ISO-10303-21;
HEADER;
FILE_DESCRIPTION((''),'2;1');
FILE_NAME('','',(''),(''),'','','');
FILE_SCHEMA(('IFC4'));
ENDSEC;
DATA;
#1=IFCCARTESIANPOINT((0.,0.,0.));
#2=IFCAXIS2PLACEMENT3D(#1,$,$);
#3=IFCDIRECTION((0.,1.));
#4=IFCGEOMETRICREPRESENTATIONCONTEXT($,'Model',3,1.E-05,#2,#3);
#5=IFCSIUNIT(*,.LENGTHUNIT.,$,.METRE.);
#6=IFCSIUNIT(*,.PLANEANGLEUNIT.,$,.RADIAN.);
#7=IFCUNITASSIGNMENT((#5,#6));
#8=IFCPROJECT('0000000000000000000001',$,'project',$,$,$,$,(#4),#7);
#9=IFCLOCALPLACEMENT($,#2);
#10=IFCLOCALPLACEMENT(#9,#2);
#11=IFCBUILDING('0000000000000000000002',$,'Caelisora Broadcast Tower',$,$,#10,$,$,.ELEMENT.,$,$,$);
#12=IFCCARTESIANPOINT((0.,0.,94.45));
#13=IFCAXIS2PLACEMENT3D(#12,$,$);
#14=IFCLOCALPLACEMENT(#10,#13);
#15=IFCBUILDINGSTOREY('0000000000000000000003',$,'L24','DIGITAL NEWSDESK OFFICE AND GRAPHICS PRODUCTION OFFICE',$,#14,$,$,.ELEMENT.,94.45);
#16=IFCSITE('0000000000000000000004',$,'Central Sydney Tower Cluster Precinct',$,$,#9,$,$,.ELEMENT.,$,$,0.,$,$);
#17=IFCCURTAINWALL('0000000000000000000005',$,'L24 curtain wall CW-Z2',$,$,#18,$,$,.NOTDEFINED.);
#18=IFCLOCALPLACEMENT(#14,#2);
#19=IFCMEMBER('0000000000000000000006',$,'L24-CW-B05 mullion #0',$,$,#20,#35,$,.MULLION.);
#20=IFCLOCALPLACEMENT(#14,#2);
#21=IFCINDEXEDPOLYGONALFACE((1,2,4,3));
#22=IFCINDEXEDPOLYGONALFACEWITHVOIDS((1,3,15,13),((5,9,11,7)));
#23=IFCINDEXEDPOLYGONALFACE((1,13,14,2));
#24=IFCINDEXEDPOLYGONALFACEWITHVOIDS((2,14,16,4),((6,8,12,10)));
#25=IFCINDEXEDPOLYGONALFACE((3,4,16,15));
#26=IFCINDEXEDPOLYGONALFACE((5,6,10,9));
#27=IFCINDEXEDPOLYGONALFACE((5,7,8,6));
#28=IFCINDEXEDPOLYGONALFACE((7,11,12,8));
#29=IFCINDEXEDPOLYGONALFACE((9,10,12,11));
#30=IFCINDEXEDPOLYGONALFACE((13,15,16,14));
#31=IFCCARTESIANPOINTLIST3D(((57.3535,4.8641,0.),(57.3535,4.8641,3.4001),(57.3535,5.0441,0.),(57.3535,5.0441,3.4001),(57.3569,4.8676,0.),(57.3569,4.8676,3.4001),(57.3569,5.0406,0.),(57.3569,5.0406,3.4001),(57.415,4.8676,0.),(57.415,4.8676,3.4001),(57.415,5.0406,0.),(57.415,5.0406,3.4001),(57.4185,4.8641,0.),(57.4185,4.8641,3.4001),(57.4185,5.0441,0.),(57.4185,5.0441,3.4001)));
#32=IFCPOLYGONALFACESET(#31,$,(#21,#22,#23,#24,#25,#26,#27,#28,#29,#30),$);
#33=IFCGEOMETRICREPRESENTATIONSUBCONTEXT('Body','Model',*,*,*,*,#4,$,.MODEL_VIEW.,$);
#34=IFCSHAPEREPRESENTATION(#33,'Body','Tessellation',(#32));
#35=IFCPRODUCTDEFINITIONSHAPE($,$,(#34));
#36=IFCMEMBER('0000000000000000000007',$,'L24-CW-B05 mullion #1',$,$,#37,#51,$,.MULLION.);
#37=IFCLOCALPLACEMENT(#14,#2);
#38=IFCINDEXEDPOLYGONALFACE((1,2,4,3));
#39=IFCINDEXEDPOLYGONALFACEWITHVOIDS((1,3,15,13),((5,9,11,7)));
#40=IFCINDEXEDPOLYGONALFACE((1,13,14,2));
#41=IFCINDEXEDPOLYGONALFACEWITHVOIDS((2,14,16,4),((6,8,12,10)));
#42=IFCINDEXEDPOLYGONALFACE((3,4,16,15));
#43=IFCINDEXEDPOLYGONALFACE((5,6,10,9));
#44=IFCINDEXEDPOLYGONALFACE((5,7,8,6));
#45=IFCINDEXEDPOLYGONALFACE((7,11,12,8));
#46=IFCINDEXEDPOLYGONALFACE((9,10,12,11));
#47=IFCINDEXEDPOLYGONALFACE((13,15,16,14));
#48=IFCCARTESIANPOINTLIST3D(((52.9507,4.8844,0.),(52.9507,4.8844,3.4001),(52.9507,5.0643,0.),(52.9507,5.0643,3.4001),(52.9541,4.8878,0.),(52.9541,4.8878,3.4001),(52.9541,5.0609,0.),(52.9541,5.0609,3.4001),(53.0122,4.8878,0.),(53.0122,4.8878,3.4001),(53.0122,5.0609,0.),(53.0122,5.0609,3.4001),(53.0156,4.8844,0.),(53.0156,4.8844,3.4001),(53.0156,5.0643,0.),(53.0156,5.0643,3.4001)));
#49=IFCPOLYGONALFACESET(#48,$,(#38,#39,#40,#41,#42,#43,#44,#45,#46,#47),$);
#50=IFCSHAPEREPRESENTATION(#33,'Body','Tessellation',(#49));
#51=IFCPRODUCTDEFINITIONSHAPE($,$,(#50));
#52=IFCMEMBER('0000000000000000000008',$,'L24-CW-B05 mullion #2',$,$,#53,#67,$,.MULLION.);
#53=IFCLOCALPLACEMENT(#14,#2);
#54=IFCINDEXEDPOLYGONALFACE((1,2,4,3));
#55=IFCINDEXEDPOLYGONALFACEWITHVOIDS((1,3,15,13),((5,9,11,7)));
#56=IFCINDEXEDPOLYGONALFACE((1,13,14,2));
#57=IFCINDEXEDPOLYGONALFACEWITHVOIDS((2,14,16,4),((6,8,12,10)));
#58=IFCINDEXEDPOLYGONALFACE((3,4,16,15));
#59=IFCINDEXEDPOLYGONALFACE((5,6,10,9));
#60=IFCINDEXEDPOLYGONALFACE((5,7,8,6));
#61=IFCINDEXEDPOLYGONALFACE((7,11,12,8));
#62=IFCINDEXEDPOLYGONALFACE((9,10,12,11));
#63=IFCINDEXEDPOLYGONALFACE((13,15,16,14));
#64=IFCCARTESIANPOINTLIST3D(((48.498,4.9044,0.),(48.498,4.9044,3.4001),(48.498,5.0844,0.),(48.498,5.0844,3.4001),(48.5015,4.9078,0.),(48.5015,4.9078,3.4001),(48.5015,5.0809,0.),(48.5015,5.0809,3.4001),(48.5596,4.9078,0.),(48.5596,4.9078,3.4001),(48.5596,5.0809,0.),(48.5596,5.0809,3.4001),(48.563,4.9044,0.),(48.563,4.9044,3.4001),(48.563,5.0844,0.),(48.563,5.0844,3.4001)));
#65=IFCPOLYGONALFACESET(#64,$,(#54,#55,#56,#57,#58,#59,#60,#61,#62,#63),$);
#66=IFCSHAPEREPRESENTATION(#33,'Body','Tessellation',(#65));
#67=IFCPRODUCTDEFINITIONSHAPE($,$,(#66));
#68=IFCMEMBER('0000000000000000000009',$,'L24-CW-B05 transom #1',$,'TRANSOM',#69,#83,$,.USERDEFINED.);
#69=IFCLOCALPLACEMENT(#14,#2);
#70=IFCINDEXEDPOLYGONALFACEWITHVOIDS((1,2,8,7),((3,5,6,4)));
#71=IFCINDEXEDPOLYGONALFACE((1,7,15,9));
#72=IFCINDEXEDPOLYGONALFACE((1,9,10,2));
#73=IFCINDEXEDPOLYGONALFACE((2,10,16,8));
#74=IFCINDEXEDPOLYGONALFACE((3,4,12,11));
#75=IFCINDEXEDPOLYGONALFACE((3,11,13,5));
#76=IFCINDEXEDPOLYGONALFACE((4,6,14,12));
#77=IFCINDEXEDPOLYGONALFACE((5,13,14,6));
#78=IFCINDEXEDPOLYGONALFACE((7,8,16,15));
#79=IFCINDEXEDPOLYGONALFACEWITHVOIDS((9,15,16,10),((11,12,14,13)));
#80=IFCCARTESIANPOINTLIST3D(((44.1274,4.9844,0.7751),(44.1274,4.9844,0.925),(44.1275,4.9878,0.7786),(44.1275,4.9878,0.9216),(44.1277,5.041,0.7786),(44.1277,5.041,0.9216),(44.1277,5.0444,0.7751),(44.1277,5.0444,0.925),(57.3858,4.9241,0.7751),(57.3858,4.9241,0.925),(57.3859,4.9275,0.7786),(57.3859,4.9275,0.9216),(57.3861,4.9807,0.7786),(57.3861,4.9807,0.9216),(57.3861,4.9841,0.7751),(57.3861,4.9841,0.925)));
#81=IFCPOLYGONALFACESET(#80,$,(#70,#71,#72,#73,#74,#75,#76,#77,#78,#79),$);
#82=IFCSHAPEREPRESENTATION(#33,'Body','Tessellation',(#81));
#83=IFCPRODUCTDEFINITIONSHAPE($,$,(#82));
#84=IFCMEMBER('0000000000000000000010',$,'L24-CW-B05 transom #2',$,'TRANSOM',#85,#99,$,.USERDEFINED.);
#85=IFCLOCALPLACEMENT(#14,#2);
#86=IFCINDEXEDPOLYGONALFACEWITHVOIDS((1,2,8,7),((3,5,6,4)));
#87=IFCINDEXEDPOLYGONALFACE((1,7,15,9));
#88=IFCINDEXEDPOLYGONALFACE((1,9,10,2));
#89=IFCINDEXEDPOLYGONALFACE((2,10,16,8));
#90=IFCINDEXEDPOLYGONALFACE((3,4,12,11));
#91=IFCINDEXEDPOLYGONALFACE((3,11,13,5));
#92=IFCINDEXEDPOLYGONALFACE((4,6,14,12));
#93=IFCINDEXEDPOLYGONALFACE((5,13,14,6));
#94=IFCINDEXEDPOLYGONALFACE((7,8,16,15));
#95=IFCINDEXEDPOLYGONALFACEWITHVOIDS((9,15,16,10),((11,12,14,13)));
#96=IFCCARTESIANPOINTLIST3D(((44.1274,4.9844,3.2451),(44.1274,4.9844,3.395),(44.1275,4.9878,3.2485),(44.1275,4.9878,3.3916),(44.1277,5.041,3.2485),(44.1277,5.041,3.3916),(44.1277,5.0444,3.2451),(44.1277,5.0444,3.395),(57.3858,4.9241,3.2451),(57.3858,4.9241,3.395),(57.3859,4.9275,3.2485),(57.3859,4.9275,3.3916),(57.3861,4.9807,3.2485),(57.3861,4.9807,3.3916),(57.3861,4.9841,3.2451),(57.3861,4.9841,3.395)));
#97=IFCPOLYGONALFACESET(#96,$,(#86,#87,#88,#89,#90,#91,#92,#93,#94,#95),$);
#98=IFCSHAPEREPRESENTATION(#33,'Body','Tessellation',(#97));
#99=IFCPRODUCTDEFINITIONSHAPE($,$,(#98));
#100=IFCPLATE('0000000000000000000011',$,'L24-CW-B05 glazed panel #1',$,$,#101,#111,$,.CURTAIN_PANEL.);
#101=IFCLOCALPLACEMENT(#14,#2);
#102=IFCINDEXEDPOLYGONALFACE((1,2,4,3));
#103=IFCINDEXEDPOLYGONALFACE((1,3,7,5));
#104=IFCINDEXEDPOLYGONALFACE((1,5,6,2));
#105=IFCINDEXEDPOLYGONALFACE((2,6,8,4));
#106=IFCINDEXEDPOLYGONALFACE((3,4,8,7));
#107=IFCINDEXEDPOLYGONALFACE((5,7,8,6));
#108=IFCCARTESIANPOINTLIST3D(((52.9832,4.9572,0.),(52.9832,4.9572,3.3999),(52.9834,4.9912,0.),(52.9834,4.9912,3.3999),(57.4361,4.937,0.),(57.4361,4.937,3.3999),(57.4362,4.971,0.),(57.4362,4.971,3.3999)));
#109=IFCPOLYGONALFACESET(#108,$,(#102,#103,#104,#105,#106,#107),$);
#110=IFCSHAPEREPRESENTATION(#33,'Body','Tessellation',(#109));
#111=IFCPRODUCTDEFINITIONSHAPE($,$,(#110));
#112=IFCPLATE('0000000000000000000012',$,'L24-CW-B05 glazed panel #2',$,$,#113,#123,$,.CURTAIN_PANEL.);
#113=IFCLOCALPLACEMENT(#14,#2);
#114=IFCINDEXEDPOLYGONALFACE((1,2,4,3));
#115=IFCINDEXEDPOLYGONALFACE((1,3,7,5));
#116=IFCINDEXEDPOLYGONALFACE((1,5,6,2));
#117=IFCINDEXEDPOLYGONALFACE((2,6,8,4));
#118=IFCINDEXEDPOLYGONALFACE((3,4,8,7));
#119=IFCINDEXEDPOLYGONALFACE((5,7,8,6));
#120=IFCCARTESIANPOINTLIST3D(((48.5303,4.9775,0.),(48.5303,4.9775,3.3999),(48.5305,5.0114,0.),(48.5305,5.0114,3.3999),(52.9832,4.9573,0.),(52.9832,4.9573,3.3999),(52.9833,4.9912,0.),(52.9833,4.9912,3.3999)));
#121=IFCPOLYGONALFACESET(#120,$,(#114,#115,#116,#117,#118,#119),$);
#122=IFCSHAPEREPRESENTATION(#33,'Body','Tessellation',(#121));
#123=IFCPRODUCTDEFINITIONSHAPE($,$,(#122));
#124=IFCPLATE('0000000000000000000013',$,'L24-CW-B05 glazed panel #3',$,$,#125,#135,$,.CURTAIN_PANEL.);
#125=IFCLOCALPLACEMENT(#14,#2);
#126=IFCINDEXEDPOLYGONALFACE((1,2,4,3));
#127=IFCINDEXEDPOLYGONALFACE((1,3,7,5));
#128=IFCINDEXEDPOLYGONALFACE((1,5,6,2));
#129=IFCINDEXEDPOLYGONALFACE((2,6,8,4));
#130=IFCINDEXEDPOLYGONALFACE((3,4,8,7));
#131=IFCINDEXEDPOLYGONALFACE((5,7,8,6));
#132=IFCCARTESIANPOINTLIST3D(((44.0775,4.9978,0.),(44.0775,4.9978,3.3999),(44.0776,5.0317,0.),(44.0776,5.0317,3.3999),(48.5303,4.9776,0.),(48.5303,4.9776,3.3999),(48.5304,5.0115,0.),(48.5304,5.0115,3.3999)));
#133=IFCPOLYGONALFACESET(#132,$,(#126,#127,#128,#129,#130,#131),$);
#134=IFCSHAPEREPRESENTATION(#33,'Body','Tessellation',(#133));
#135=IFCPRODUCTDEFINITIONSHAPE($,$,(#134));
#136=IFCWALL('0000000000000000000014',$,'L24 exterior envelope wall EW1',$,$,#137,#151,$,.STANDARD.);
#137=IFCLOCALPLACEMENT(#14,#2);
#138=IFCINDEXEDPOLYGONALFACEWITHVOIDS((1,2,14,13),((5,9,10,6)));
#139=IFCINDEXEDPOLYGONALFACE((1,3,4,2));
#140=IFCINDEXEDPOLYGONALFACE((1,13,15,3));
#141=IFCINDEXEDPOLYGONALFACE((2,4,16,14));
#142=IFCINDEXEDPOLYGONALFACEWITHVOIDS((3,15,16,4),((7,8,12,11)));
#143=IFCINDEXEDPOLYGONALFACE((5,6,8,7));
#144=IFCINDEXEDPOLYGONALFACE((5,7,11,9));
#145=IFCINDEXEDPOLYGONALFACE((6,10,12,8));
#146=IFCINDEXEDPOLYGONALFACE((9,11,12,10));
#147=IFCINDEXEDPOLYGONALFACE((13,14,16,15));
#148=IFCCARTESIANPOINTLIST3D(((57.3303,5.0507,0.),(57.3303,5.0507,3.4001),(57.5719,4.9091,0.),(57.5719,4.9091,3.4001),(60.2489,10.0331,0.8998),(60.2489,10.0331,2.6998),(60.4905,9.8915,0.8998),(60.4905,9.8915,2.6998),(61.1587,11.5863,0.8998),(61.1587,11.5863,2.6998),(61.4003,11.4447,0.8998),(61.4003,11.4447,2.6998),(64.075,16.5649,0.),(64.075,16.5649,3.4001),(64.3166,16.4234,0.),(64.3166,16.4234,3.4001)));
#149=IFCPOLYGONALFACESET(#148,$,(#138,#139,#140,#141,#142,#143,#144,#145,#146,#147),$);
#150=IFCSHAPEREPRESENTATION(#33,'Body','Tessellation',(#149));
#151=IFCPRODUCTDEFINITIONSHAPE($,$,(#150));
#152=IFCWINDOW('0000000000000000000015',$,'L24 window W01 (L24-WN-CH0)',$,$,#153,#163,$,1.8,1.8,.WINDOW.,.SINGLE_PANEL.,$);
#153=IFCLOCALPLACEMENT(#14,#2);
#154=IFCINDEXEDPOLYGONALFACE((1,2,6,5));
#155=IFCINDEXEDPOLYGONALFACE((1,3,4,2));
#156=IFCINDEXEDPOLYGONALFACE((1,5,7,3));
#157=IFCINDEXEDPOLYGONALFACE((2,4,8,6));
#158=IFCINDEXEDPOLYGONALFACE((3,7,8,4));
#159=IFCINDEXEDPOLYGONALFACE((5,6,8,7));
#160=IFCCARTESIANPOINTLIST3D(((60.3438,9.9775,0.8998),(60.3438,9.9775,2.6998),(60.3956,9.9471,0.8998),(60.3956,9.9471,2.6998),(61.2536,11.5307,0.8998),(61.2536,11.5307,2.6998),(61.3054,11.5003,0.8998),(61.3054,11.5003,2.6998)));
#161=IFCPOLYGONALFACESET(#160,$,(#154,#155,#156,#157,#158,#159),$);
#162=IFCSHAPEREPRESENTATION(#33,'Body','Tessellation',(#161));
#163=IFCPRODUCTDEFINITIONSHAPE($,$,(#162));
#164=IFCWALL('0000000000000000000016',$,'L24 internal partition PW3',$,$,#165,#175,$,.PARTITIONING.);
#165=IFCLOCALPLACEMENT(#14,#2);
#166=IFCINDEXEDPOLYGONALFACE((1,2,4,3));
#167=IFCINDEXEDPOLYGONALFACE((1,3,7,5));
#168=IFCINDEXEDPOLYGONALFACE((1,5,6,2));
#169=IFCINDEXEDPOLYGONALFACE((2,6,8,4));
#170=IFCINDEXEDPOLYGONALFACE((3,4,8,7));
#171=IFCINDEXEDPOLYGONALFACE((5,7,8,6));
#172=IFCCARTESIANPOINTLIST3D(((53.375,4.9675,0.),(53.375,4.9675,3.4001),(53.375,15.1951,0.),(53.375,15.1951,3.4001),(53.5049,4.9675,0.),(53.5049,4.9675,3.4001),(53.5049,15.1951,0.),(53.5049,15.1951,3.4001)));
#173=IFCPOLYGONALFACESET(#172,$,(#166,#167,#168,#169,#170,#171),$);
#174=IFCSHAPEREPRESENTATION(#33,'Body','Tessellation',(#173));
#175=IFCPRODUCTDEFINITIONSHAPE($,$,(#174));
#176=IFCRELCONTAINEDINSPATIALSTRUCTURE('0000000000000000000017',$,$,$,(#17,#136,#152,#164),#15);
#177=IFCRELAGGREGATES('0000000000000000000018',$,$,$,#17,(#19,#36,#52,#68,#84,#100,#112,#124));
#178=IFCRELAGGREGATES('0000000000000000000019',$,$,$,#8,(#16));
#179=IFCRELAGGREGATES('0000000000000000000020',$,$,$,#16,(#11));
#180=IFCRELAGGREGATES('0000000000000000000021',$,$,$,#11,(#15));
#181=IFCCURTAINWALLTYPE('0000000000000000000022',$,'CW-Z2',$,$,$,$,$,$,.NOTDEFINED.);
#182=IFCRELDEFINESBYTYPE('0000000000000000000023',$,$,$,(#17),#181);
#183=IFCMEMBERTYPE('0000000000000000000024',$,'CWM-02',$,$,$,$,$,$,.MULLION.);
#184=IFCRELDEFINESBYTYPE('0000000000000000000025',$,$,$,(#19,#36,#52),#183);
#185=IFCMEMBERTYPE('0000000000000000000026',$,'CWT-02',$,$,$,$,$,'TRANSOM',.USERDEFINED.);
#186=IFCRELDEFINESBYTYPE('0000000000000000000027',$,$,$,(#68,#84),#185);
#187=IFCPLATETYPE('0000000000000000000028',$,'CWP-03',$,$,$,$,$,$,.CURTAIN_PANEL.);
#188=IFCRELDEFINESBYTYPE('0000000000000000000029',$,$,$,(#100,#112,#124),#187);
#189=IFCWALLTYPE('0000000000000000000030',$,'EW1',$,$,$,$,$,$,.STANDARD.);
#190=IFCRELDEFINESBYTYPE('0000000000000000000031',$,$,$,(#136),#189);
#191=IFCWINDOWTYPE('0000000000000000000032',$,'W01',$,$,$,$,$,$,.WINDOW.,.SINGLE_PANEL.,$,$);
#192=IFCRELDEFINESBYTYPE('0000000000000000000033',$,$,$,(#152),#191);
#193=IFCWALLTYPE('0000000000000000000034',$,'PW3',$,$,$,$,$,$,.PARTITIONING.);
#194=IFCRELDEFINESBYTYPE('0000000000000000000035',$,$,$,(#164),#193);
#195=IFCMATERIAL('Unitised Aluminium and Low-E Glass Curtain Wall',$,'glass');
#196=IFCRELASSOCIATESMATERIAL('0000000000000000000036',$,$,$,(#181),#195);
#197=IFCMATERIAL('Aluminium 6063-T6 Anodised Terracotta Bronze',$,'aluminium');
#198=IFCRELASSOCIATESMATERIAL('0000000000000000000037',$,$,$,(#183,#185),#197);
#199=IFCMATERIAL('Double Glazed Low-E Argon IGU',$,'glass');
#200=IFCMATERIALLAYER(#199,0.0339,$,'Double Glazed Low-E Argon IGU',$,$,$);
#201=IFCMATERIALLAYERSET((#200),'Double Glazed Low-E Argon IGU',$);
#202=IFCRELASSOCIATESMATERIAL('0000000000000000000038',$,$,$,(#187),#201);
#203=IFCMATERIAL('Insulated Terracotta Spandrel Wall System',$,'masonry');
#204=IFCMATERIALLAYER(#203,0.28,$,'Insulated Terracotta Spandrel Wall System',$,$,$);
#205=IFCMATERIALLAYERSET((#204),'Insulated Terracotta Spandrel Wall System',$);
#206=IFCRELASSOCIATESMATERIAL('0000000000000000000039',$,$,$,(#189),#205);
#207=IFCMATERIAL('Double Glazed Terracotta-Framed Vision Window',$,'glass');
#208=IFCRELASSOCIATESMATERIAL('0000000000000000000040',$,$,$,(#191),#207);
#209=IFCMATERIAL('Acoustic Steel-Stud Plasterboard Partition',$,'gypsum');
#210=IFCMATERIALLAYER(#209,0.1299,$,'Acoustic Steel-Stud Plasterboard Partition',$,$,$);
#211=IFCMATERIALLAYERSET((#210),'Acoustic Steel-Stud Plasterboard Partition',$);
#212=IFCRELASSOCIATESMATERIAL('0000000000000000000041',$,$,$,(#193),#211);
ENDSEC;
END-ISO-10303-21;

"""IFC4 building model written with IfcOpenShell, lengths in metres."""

from ifc_helpers import new_model, si_unit, direction, frame, frame_2d, origin, origin_2d, place, context, subcontext, project, spatial, rectangle, hollow_rectangle, extrude, source, transform, mapped, material, layer, layer_set, material_profile, profile_set, type_object, type_shapes, element, fill, aggregate, save


model = new_model("IFC4")

# Units and contexts
model_context = context("Model", 3, precision=1e-05, world=origin(), true_north=direction((0.0, 1.0)))
body_context = subcontext(model_context, "Body", "Model", "MODEL_VIEW")
ifc_project = project(units=[si_unit("LENGTHUNIT", "METRE"), si_unit("PLANEANGLEUNIT", "RADIAN")], contexts=[model_context])

# Site, building, storey
site_placement = place(None, origin())
site = spatial("IfcSite", under=ifc_project, at=site_placement, Name="Central Sydney Tower Cluster Precinct", CompositionType="ELEMENT", RefElevation=0.0)
building_placement = place(site_placement, origin())
building = spatial("IfcBuilding", under=site, at=building_placement, Name="Caelisora Broadcast Tower", CompositionType="ELEMENT")
storey_placement = place(building_placement, frame((0.0, 0.0, 94.45)))
storey = spatial("IfcBuildingStorey", under=building, at=storey_placement, Name="L24", Description="DIGITAL NEWSDESK OFFICE AND GRAPHICS PRODUCTION OFFICE", CompositionType="ELEMENT", Elevation=94.45)

# Shared definitions
ifc_material_1 = material(Name="Unitised Aluminium and Low-E Glass Curtain Wall", Category="glass")
curtain_wall_type = type_object("IfcCurtainWallType", Name="CW-Z2", PredefinedType="NOTDEFINED", material=ifc_material_1)
ifc_material_2 = material(Name="Aluminium 6063-T6 Anodised Terracotta Bronze", Category="aluminium")
ifc_material_profile_1 = material_profile(ifc_material_2, hollow_rectangle(XDim=0.0649, YDim=0.1799, WallThickness=0.0034, at=origin_2d()), Name="Aluminium 6063-T6 Anodised Terracotta Bronze")
ifc_profile_set_1 = profile_set([ifc_material_profile_1], Name="Aluminium 6063-T6 Anodised Terracotta Bronze")
member_type_1 = type_object("IfcMemberType", Name="CWM-02", PredefinedType="MULLION", material=ifc_profile_set_1)
shared_shape_1 = source(origin(), body_context, "Body", "SweptSolid", [
    extrude(hollow_rectangle(XDim=0.0649, YDim=0.1799, WallThickness=0.0034, at=origin_2d()), origin(), (0.0, 0.0, 1.0), 3.4001),
])
type_shapes(member_type_1, [shared_shape_1])

# Curtain wall, members, plates
curtain_wall_1_placement = place(storey_placement, origin())
curtain_wall_1 = element("IfcCurtainWall", 1, at=curtain_wall_1_placement, inside=storey, type_object=curtain_wall_type, Name="L24 curtain wall CW-Z2", PredefinedType="NOTDEFINED")
member_1_placement = place(storey_placement, frame((57.386, 4.9541, 0.0), z_axis=(0.0, 0.0, 1.0), x_axis=(1.0, 0.0, 0.0)))
member_1 = element("IfcMember", 2, at=member_1_placement, type_object=member_type_1, Name="L24-CW-B05 mullion #0", PredefinedType="MULLION", context=body_context, shape_type="MappedRepresentation", body=[
    mapped(shared_shape_1, transform((0.0, 0.0, 0.0), scale=1.0)),
])
member_2_placement = place(storey_placement, frame((52.9832, 4.9744, 0.0), z_axis=(0.0, 0.0, 1.0), x_axis=(1.0, 0.0, 0.0)))
member_2 = element("IfcMember", 3, at=member_2_placement, type_object=member_type_1, Name="L24-CW-B05 mullion #1", PredefinedType="MULLION", context=body_context, shape_type="MappedRepresentation", body=[
    mapped(shared_shape_1, transform((0.0, 0.0, 0.0), scale=1.0)),
])
member_3_placement = place(storey_placement, frame((48.5305, 4.9944, 0.0), z_axis=(0.0, 0.0, 1.0), x_axis=(1.0, 0.0, 0.0)))
member_3 = element("IfcMember", 4, at=member_3_placement, type_object=member_type_1, Name="L24-CW-B05 mullion #2", PredefinedType="MULLION", context=body_context, shape_type="MappedRepresentation", body=[
    mapped(shared_shape_1, transform((0.0, 0.0, 0.0), scale=1.0)),
])
ifc_material_profile_2 = material_profile(ifc_material_2, hollow_rectangle(XDim=0.0601, YDim=0.1499, WallThickness=0.0034, at=origin_2d()), Name="Aluminium 6063-T6 Anodised Terracotta Bronze")
ifc_profile_set_2 = profile_set([ifc_material_profile_2], Name="Aluminium 6063-T6 Anodised Terracotta Bronze")
member_type_2 = type_object("IfcMemberType", Name="CWT-02", ElementType="TRANSOM", PredefinedType="USERDEFINED", material=ifc_profile_set_2)
shared_shape_2 = source(origin(), body_context, "Body", "SweptSolid", [
    extrude(hollow_rectangle(XDim=0.0601, YDim=0.1499, WallThickness=0.0034, at=origin_2d()), origin(), (0.0, 0.0, 1.0), 13.2585),
])
type_shapes(member_type_2, [shared_shape_2])
member_4_placement = place(storey_placement, frame((57.386, 4.9541, 0.8501), z_axis=(-0.99999, 0.004548, 0.0), x_axis=(-0.004548, -0.99999, 0.0)))
member_4 = element("IfcMember", 5, at=member_4_placement, type_object=member_type_2, Name="L24-CW-B05 transom #1", ObjectType="TRANSOM", PredefinedType="USERDEFINED", context=body_context, shape_type="MappedRepresentation", body=[
    mapped(shared_shape_2, transform((0.0, 0.0, 0.0), scale=1.0)),
])
member_5_placement = place(storey_placement, frame((57.386, 4.9541, 3.3201), z_axis=(-0.99999, 0.004548, 0.0), x_axis=(-0.004548, -0.99999, 0.0)))
member_5 = element("IfcMember", 6, at=member_5_placement, type_object=member_type_2, Name="L24-CW-B05 transom #2", ObjectType="TRANSOM", PredefinedType="USERDEFINED", context=body_context, shape_type="MappedRepresentation", body=[
    mapped(shared_shape_2, transform((0.0, 0.0, 0.0), scale=1.0)),
])
ifc_material_3 = material(Name="Double Glazed Low-E Argon IGU", Category="glass")
ifc_layer_1 = layer(ifc_material_3, 0.0339, Name="Double Glazed Low-E Argon IGU")
ifc_layer_set_1 = layer_set([ifc_layer_1], Name="Double Glazed Low-E Argon IGU")
plate_type = type_object("IfcPlateType", Name="CWP-03", PredefinedType="CURTAIN_PANEL", material=ifc_layer_set_1)
shared_shape_3 = source(origin(), body_context, "Body", "SweptSolid", [
    extrude(rectangle(XDim=4.4529, YDim=0.0339, at=origin_2d()), origin(), (0.0, 0.0, 1.0), 3.3999),
])
type_shapes(plate_type, [shared_shape_3])
plate_1_placement = place(storey_placement, frame((55.2097, 4.9641, 0.0), z_axis=(0.0, 0.0, 1.0), x_axis=(-0.99999, 0.004538, 0.0)))
plate_1 = element("IfcPlate", 7, at=plate_1_placement, type_object=plate_type, Name="L24-CW-B05 glazed panel #1", PredefinedType="CURTAIN_PANEL", context=body_context, shape_type="MappedRepresentation", body=[
    mapped(shared_shape_3, transform((0.0, 0.0, 0.0), scale=1.0)),
])
plate_2_placement = place(storey_placement, frame((50.7568, 4.9844, 0.0), z_axis=(0.0, 0.0, 1.0), x_axis=(-0.99999, 0.004538, 0.0)))
plate_2 = element("IfcPlate", 8, at=plate_2_placement, type_object=plate_type, Name="L24-CW-B05 glazed panel #2", PredefinedType="CURTAIN_PANEL", context=body_context, shape_type="MappedRepresentation", body=[
    mapped(shared_shape_3, transform((0.0, 0.0, 0.0), scale=1.0)),
])
plate_3_placement = place(storey_placement, frame((46.304, 5.0046, 0.0), z_axis=(0.0, 0.0, 1.0), x_axis=(-0.99999, 0.004538, 0.0)))
plate_3 = element("IfcPlate", 9, at=plate_3_placement, type_object=plate_type, Name="L24-CW-B05 glazed panel #3", PredefinedType="CURTAIN_PANEL", context=body_context, shape_type="MappedRepresentation", body=[
    mapped(shared_shape_3, transform((0.0, 0.0, 0.0), scale=1.0)),
])
aggregate(curtain_wall_1, [member_1, member_2, member_3, member_4, member_5, plate_1, plate_2, plate_3])

# Wall, opening, window
ifc_material_4 = material(Name="Insulated Terracotta Spandrel Wall System", Category="masonry")
ifc_layer_2 = layer(ifc_material_4, 0.28, Name="Insulated Terracotta Spandrel Wall System")
ifc_layer_set_2 = layer_set([ifc_layer_2], Name="Insulated Terracotta Spandrel Wall System")
wall_type_1 = type_object("IfcWallType", Name="EW1", PredefinedType="STANDARD", material=ifc_layer_set_2)
wall_1_placement = place(storey_placement, frame((64.1958, 16.4941, 0.0), z_axis=(0.0, 0.0, 1.0), x_axis=(-0.505438, -0.862863, 0.0)))
wall_1 = element("IfcWall", 10, at=wall_1_placement, inside=storey, type_object=wall_type_1, Name="L24 exterior envelope wall EW1", PredefinedType="STANDARD", context=body_context, shape_type="SweptSolid", body=[
    extrude(rectangle(XDim=13.3442, YDim=0.28, at=frame_2d((6.6721, 0.0))), origin(), (0.0, 0.0, 1.0), 3.4001),
])
opening_1_placement = place(wall_1_placement, frame((5.77, 0.0, 0.8999)))
opening_1 = element("IfcOpeningElement", 11, at=opening_1_placement, cuts=wall_1, PredefinedType="OPENING", context=body_context, shape_type="SweptSolid", body=[
    extrude(rectangle(XDim=1.8, YDim=1.8, at=frame_2d((0.8999, 0.8999))), frame((0.0, 0.1521, 0.0), z_axis=(0.0, -1.0, 0.0), x_axis=(1.0, 0.0, 0.0)), (0.0, 0.0, 1.0), 0.304),
])
ifc_material_5 = material(Name="Double Glazed Terracotta-Framed Vision Window", Category="glass")
window_type = type_object("IfcWindowType", Name="W01", PartitioningType="SINGLE_PANEL", PredefinedType="WINDOW", material=ifc_material_5)
window_placement = place(opening_1_placement, origin())
window = element("IfcWindow", 12, at=window_placement, inside=storey, type_object=window_type, Name="L24 window W01 (L24-WN-CH0)", OverallHeight=1.8, OverallWidth=1.8, PartitioningType="SINGLE_PANEL", PredefinedType="WINDOW", context=body_context, shape_type="SweptSolid", body=[
    extrude(rectangle(XDim=1.8, YDim=1.8, at=frame_2d((0.8999, 0.8999))), frame((0.0, 0.03, 0.0), z_axis=(0.0, -1.0, 0.0), x_axis=(1.0, 0.0, 0.0)), (0.0, 0.0, 1.0), 0.0601),
])
fill(opening_1, window)

# Wall
ifc_material_6 = material(Name="Acoustic Steel-Stud Plasterboard Partition", Category="gypsum")
ifc_layer_3 = layer(ifc_material_6, 0.1299, Name="Acoustic Steel-Stud Plasterboard Partition")
ifc_layer_set_3 = layer_set([ifc_layer_3], Name="Acoustic Steel-Stud Plasterboard Partition")
wall_type_2 = type_object("IfcWallType", Name="PW3", PredefinedType="PARTITIONING", material=ifc_layer_set_3)
wall_2_placement = place(storey_placement, frame((53.4399, 4.9675, 0.0), z_axis=(0.0, 0.0, 1.0), x_axis=(0.0, 1.0, 0.0)))
element("IfcWall", 13, at=wall_2_placement, inside=storey, type_object=wall_type_2, Name="L24 internal partition PW3", PredefinedType="PARTITIONING", context=body_context, shape_type="SweptSolid", body=[
    extrude(rectangle(XDim=10.2275, YDim=0.1299, at=frame_2d((5.1138, 0.0))), origin(), (0.0, 0.0, 1.0), 3.4001),
])

save(model, "model.ifc")
